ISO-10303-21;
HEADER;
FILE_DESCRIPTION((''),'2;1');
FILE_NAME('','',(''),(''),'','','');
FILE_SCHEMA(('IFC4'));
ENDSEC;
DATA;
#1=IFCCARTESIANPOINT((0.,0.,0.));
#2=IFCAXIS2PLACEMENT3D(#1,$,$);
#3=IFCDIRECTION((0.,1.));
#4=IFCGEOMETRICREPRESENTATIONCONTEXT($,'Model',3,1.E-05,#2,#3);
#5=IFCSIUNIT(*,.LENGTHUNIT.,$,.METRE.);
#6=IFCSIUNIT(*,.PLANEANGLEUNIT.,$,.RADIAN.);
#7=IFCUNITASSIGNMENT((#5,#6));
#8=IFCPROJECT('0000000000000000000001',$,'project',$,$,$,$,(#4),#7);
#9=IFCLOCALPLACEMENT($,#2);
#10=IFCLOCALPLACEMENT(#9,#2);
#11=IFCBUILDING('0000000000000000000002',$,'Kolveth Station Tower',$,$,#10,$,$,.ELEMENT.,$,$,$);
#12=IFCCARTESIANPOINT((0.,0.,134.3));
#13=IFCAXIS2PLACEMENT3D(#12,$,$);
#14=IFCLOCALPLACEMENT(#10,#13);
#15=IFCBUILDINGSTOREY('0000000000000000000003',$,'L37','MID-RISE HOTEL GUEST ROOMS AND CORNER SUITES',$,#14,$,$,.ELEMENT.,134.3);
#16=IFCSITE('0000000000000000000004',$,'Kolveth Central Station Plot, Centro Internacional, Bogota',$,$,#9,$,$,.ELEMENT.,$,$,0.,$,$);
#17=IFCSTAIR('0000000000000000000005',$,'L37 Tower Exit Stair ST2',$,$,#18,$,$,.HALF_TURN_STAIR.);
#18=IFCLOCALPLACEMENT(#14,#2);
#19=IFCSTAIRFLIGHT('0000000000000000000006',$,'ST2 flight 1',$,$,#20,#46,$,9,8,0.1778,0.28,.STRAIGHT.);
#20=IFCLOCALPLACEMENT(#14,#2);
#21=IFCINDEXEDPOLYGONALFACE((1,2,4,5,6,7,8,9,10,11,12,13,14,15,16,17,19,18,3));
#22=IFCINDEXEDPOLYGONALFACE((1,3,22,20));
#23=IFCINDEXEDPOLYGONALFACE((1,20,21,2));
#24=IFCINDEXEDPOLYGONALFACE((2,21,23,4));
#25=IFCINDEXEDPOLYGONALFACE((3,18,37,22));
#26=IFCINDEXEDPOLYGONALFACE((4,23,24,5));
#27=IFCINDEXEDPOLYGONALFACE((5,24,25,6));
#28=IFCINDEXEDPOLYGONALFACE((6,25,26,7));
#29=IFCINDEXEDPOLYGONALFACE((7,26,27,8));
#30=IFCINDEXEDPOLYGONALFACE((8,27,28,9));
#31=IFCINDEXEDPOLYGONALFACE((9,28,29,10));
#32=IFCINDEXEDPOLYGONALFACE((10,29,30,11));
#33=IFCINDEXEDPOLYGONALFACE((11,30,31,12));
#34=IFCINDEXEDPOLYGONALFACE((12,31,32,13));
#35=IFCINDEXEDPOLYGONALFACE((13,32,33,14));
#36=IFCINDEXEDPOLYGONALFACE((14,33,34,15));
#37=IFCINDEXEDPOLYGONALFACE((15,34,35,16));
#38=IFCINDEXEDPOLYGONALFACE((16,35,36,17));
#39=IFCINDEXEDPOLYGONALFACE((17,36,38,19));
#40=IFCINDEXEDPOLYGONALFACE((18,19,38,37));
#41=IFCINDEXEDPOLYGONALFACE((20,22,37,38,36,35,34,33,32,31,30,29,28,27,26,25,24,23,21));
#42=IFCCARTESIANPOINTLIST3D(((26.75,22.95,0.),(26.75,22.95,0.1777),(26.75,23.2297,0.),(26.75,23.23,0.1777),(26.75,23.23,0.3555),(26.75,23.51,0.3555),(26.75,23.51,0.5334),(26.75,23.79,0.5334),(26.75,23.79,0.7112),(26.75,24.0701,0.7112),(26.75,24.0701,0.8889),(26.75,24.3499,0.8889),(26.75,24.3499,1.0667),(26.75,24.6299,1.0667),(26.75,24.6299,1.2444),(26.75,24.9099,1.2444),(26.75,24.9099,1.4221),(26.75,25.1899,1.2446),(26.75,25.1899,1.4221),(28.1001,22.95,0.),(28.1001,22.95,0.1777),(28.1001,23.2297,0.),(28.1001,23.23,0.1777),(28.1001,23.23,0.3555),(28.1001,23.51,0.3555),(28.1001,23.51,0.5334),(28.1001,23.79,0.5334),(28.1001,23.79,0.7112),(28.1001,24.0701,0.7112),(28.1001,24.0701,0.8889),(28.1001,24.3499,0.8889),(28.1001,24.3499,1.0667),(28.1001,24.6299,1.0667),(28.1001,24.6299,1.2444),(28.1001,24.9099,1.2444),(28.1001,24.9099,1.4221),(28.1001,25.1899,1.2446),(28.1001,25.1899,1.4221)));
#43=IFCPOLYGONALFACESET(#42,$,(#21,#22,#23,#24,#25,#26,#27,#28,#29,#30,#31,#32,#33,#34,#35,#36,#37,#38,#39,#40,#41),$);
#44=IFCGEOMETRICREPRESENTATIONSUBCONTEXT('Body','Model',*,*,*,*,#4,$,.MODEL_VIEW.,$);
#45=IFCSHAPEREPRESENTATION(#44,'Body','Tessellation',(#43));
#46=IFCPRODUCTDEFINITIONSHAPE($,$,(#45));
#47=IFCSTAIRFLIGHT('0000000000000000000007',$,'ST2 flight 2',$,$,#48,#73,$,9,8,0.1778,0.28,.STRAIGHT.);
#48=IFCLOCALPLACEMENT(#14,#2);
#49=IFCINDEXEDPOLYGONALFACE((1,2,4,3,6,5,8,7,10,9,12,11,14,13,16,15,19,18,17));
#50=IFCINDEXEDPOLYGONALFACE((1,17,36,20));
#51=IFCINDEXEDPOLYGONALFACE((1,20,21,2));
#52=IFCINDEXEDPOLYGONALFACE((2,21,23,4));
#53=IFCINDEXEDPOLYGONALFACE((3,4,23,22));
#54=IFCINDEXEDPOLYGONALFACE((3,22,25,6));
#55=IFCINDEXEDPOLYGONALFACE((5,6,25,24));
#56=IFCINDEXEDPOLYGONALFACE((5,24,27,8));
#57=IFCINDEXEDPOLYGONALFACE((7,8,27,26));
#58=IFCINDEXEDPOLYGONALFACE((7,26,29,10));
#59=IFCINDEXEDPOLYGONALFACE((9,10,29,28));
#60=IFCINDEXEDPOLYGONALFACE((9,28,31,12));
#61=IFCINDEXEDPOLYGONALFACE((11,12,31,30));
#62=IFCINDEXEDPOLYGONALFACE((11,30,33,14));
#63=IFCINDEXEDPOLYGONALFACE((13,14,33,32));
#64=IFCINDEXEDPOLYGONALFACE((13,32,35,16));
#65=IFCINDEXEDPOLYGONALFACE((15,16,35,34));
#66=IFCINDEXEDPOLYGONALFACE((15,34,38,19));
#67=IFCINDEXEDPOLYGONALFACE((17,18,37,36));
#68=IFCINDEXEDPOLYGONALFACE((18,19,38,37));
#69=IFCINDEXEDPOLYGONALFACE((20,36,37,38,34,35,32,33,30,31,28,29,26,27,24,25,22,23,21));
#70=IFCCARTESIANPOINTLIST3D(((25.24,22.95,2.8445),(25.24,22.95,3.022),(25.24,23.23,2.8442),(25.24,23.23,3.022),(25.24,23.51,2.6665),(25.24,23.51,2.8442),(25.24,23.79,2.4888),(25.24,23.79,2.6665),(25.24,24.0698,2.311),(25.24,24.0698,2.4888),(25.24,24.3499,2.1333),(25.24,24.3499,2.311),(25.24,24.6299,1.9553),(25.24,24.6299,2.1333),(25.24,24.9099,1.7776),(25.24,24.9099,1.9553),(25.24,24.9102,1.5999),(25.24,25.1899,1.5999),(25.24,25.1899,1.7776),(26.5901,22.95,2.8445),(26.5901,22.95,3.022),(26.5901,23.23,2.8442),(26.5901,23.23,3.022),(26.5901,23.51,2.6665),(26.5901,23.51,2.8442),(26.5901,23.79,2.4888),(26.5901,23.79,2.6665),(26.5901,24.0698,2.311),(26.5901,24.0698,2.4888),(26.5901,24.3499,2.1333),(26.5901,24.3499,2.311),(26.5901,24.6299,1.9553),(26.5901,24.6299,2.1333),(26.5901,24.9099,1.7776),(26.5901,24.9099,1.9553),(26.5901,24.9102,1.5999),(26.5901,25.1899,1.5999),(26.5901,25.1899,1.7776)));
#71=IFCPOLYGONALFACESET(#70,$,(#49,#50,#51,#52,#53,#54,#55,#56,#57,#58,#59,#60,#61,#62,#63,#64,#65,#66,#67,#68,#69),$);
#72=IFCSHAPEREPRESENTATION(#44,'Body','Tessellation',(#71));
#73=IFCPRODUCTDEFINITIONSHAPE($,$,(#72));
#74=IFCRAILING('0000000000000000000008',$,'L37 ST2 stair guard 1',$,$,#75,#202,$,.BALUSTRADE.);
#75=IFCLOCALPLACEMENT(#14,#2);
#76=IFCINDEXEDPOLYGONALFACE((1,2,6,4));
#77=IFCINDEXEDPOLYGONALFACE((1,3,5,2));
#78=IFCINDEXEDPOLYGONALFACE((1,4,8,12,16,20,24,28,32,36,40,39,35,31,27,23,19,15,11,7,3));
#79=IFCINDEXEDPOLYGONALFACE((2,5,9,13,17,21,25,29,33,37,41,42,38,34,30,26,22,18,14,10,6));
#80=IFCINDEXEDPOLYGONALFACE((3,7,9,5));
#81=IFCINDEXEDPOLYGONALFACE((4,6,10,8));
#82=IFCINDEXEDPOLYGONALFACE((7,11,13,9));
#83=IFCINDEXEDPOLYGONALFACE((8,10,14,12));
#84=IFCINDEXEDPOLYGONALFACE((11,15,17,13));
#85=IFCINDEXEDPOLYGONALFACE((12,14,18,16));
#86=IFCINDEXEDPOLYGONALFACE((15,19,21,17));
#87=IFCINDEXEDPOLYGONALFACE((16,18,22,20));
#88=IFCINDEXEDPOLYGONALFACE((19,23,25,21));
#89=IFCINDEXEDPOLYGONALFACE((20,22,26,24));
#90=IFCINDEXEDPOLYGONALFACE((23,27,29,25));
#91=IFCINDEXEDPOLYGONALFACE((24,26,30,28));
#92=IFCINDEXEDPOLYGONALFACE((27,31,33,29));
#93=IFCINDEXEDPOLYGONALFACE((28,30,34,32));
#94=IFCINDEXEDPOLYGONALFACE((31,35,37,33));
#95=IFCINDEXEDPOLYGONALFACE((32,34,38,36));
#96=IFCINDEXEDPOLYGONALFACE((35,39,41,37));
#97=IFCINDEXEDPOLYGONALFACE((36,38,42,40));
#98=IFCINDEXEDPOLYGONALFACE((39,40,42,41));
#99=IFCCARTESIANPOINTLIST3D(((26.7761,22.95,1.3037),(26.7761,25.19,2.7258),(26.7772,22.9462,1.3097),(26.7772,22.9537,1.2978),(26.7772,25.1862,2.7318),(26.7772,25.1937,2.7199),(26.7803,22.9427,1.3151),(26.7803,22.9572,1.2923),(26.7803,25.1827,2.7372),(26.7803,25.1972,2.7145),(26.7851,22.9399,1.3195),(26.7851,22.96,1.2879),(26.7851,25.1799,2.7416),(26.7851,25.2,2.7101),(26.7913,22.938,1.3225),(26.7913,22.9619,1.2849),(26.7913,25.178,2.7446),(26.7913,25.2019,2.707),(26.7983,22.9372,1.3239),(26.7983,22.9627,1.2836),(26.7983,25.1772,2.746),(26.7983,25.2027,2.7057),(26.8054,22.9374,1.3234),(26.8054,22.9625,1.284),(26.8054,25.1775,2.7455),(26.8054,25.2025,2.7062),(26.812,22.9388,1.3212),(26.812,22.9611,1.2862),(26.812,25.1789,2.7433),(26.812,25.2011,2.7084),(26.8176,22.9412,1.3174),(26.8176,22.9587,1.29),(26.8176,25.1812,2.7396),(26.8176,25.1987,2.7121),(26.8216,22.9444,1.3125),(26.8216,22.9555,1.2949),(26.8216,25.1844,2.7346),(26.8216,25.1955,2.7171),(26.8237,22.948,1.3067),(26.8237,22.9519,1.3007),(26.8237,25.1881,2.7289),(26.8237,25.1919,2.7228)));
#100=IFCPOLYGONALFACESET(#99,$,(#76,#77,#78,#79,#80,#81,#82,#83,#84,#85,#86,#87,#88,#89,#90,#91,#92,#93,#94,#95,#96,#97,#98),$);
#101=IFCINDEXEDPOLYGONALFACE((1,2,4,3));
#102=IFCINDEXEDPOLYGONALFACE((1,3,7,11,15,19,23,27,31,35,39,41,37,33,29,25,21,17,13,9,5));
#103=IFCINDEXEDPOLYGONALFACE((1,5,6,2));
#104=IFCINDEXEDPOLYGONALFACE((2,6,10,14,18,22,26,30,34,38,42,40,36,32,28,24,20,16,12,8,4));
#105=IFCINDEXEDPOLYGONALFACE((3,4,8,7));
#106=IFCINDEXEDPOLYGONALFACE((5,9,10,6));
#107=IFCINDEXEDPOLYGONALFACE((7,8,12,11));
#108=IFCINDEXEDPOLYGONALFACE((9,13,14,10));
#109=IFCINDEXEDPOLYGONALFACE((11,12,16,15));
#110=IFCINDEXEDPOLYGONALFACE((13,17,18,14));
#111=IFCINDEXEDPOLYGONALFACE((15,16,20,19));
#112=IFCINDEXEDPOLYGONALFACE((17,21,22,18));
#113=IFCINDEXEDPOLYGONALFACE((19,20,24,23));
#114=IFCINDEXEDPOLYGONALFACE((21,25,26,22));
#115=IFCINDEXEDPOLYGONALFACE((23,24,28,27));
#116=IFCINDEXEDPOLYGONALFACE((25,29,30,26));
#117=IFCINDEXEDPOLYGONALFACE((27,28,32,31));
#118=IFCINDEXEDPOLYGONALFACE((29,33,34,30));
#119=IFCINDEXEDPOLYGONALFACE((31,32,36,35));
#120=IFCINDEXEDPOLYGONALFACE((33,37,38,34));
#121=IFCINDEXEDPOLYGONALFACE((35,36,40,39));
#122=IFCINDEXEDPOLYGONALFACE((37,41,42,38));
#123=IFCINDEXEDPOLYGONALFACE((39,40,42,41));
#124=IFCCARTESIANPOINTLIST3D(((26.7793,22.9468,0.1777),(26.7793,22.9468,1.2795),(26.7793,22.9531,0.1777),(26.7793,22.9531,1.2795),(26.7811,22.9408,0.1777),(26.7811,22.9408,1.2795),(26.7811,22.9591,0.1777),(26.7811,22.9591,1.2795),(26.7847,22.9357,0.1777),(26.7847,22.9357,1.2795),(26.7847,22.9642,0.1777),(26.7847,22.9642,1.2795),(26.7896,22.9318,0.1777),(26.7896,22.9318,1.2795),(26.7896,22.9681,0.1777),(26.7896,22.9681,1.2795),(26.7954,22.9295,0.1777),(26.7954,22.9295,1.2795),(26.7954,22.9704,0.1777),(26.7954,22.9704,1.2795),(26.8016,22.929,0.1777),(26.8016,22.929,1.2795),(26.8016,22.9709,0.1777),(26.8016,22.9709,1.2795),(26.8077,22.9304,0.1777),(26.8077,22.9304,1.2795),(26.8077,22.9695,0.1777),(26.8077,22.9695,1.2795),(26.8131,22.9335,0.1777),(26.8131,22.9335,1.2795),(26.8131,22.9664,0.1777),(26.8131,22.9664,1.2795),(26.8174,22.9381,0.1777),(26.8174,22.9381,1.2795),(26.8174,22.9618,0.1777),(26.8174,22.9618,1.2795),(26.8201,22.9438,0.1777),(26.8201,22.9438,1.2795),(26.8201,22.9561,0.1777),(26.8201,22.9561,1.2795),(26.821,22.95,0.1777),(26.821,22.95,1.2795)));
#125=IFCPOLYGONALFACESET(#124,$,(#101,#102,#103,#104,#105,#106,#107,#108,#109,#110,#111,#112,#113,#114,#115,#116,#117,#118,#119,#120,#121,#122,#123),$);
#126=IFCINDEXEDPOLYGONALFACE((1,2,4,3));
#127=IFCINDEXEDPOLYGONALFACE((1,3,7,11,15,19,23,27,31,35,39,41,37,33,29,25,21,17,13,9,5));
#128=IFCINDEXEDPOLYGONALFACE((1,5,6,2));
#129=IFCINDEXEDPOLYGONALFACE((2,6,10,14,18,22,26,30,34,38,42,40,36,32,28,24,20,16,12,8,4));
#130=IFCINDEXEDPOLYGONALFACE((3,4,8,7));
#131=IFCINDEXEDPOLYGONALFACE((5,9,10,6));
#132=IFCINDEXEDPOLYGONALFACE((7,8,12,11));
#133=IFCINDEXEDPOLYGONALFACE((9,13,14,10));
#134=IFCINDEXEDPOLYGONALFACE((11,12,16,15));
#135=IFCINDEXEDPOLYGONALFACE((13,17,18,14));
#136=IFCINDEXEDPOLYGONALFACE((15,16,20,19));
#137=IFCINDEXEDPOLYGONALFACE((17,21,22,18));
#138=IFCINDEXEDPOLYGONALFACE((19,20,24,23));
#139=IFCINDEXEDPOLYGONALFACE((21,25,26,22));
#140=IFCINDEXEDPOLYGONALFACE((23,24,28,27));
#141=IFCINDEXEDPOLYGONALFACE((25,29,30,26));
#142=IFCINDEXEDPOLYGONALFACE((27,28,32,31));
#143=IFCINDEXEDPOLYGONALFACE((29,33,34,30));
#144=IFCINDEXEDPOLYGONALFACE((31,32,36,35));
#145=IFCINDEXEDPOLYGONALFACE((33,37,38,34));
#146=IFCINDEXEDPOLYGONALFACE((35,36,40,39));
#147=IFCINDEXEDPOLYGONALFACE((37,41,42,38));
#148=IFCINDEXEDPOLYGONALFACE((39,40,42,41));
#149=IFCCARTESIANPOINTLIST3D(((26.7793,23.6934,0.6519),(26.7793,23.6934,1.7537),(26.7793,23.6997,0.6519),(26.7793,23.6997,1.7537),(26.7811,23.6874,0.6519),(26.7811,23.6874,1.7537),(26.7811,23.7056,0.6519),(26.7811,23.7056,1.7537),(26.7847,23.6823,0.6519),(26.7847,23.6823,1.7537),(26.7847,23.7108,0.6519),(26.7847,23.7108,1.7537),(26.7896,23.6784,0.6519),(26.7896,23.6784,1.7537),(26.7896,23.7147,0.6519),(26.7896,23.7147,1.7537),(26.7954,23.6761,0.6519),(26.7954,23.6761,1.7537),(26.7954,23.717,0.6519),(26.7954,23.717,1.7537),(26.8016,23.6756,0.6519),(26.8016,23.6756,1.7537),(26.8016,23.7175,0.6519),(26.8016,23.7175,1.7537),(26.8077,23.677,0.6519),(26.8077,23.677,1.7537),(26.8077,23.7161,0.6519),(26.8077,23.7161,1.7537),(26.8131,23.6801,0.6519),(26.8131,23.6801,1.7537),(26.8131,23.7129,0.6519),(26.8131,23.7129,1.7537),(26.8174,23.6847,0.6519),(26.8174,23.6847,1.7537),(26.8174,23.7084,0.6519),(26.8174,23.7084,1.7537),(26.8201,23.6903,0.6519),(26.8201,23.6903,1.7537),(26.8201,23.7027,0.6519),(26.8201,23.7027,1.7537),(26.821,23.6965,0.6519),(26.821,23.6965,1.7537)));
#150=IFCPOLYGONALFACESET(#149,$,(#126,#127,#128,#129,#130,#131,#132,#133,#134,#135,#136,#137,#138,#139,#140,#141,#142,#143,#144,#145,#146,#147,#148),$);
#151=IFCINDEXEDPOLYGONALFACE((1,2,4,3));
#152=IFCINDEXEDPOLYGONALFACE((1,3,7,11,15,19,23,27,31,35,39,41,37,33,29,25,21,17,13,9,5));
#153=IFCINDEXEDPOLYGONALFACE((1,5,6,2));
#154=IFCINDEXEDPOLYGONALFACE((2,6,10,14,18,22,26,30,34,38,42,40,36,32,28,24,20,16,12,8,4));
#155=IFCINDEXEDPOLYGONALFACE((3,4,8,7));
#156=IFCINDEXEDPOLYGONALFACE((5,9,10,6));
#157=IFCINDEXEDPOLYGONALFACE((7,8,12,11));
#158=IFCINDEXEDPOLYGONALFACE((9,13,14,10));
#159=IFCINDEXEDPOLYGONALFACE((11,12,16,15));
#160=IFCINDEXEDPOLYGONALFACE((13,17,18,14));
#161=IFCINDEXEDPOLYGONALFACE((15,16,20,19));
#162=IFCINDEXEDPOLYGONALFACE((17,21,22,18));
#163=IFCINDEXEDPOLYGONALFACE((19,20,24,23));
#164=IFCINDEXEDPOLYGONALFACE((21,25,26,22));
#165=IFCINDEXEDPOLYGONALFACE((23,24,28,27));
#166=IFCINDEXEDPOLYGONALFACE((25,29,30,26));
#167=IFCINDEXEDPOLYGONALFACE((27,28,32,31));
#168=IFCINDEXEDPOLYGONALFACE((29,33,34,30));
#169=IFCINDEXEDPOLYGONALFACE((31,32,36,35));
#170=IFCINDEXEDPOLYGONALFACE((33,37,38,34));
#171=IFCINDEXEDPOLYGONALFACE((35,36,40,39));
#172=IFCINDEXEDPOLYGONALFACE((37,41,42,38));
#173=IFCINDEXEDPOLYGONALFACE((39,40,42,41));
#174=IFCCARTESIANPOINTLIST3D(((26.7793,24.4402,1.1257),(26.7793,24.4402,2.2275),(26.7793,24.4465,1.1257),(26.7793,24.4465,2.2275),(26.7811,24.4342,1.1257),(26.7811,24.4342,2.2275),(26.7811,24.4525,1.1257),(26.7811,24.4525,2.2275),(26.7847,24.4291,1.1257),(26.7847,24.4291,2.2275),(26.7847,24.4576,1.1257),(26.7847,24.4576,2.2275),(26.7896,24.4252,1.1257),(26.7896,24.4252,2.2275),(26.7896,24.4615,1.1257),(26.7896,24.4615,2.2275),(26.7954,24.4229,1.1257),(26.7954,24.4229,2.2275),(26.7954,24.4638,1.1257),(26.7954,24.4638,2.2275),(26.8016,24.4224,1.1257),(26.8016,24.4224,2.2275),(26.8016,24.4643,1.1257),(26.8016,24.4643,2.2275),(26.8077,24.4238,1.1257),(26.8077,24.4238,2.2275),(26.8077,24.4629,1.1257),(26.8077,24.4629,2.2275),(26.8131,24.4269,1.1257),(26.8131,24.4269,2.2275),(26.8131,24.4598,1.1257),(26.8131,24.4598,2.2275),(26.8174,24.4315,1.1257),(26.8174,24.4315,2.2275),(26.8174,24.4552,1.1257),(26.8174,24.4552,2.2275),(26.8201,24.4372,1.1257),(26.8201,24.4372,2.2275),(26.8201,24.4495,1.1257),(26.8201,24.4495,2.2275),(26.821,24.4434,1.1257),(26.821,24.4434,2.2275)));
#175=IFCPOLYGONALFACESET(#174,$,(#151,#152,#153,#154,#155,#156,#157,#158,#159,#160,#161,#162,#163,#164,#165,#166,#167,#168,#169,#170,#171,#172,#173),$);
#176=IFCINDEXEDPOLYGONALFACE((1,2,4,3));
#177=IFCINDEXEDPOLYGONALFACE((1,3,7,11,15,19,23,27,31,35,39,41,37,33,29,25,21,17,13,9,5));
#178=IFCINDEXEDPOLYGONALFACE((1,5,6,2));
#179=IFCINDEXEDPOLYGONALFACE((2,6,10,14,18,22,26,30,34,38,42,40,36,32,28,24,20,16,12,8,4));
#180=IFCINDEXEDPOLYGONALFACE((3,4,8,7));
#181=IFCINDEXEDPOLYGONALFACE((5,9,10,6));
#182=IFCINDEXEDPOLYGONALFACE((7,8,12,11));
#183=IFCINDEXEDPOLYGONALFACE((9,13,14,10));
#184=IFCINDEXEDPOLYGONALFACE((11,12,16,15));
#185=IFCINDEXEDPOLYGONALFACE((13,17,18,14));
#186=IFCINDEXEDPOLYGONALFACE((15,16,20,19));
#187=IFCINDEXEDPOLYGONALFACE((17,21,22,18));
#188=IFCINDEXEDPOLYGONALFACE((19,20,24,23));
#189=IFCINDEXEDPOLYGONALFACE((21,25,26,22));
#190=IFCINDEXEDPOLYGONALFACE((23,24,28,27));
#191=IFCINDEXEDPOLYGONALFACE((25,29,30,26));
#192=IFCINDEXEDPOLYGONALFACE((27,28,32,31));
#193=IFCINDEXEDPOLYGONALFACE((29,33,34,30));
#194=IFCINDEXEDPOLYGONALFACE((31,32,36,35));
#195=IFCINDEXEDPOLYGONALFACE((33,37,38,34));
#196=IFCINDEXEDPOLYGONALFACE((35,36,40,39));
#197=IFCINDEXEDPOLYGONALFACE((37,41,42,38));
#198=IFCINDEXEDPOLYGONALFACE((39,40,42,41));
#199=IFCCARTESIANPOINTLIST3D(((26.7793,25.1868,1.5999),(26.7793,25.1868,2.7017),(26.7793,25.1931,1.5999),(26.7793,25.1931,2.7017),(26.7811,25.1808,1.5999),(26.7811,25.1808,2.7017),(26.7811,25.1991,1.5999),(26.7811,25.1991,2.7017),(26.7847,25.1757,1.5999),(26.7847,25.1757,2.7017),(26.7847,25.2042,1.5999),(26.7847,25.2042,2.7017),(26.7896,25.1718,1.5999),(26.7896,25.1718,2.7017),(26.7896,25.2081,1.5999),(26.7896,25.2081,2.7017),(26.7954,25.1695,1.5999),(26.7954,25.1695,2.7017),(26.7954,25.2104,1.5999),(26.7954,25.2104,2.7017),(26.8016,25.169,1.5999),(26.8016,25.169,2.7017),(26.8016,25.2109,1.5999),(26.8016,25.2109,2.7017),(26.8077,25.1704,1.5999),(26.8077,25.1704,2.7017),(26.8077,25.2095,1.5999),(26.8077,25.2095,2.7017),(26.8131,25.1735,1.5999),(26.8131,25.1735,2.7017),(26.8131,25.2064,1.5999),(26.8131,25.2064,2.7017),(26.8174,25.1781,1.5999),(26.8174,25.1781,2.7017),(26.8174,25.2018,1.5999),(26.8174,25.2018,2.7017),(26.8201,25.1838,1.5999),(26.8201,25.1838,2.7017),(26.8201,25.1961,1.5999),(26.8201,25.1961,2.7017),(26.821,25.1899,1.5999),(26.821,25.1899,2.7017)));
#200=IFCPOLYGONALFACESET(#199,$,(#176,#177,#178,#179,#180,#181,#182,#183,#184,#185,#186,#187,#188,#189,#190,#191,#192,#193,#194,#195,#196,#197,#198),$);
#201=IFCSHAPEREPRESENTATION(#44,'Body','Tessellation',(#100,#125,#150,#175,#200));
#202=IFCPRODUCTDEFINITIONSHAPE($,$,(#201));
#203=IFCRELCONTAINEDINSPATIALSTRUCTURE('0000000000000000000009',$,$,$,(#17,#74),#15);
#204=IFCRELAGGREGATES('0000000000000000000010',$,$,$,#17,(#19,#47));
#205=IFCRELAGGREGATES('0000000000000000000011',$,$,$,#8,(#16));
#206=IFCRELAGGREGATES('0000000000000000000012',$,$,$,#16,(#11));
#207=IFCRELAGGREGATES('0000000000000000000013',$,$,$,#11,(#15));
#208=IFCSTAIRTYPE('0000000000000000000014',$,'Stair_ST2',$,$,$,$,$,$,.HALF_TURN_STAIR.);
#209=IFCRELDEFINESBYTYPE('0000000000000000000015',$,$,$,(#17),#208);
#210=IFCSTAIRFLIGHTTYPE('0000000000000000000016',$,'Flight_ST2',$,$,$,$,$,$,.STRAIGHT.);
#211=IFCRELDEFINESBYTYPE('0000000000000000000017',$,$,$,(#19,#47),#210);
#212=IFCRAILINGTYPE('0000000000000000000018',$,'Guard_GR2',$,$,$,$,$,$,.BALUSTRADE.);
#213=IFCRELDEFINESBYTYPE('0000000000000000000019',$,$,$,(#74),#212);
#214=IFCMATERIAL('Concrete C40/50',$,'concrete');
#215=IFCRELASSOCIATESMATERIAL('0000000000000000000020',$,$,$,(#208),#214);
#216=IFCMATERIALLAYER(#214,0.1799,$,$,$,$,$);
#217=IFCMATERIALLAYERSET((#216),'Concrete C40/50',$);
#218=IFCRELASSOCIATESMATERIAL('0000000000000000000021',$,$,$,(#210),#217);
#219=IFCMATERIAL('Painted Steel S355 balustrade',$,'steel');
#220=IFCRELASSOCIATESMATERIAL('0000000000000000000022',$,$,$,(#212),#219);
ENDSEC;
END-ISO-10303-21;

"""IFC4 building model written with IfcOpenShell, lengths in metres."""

from ifc_helpers import new_model, si_unit, direction, frame, origin, origin_2d, place, context, subcontext, project, spatial, polyline, circle, outline, extrude, material, layer, layer_set, type_object, element, aggregate, save


model = new_model("IFC4")

# Units and contexts
model_context = context("Model", 3, precision=1e-05, world=origin(), true_north=direction((0.0, 1.0)))
body_context = subcontext(model_context, "Body", "Model", "MODEL_VIEW")
ifc_project = project(units=[si_unit("LENGTHUNIT", "METRE"), si_unit("PLANEANGLEUNIT", "RADIAN")], contexts=[model_context])

# Site, building, storey
site_placement = place(None, origin())
site = spatial("IfcSite", under=ifc_project, at=site_placement, Name="Kolveth Central Station Plot, Centro Internacional, Bogota", CompositionType="ELEMENT", RefElevation=0.0)
building_placement = place(site_placement, origin())
building = spatial("IfcBuilding", under=site, at=building_placement, Name="Kolveth Station Tower", CompositionType="ELEMENT")
storey_placement = place(building_placement, frame((0.0, 0.0, 134.3)))
storey = spatial("IfcBuildingStorey", under=building, at=storey_placement, Name="L37", Description="MID-RISE HOTEL GUEST ROOMS AND CORNER SUITES", CompositionType="ELEMENT", Elevation=134.3)

# Shared definitions
ifc_material_1 = material(Name="Concrete C40/50", Category="concrete")

# Stair, stair flights
stair_type = type_object("IfcStairType", Name="Stair_ST2", PredefinedType="HALF_TURN_STAIR", material=ifc_material_1)
stair_placement = place(storey_placement, origin())
stair = element("IfcStair", 1, at=stair_placement, inside=storey, type_object=stair_type, Name="L37 Tower Exit Stair ST2", PredefinedType="HALF_TURN_STAIR")
ifc_layer_1 = layer(ifc_material_1, 0.1799)
ifc_layer_set_1 = layer_set([ifc_layer_1], Name="Concrete C40/50")
stair_flight_type = type_object("IfcStairFlightType", Name="Flight_ST2", PredefinedType="STRAIGHT", material=ifc_layer_set_1)
stair_flight_1_placement = place(storey_placement, frame((27.425, 22.95, 0.0), z_axis=(0.0, 0.0, 1.0), x_axis=(0.0, 1.0, 0.0)))
stair_flight_1 = element("IfcStairFlight", 2, at=stair_flight_1_placement, type_object=stair_flight_type, Name="ST2 flight 1", NumberOfRisers=9, NumberOfTreads=8, PredefinedType="STRAIGHT", RiserHeight=0.1778, TreadLength=0.28, context=body_context, shape_type="SweptSolid", body=[
    extrude(outline(polyline([(0.0, 0.0), (0.0, 0.1777), (0.28, 0.1777), (0.28, 0.3555), (0.5601, 0.3555), (0.5601, 0.5334), (0.8401, 0.5334), (0.8401, 0.7112), (1.1201, 0.7112), (1.1201, 0.8889), (1.3999, 0.8889), (1.3999, 1.0667), (1.6799, 1.0667), (1.6799, 1.2444), (1.96, 1.2444), (1.96, 1.4221), (2.24, 1.4221), (2.24, 1.6001), (2.24, 1.2446), (0.2798, 0.0), (0.0, 0.0)])), frame((0.0, 0.675, 0.0), z_axis=(0.0, -1.0, 0.0), x_axis=(1.0, 0.0, 0.0)), (0.0, 0.0, 1.0), 1.3501),
])
stair_flight_2_placement = place(storey_placement, frame((25.915, 25.1899, 1.5999), z_axis=(0.0, 0.0, 1.0), x_axis=(0.0, -1.0, 0.0)))
stair_flight_2 = element("IfcStairFlight", 3, at=stair_flight_2_placement, type_object=stair_flight_type, Name="ST2 flight 2", NumberOfRisers=9, NumberOfTreads=8, PredefinedType="STRAIGHT", RiserHeight=0.1778, TreadLength=0.28, context=body_context, shape_type="SweptSolid", body=[
    extrude(outline(polyline([(0.0, 0.0), (0.0, 0.1777), (0.28, 0.1777), (0.28, 0.3555), (0.5601, 0.3555), (0.5601, 0.5334), (0.8401, 0.5334), (0.8401, 0.7112), (1.1201, 0.7112), (1.1201, 0.8889), (1.3999, 0.8889), (1.3999, 1.0667), (1.6799, 1.0667), (1.6799, 1.2444), (1.96, 1.2444), (1.96, 1.4221), (2.24, 1.4221), (2.24, 1.6001), (2.24, 1.2446), (0.2798, 0.0), (0.0, 0.0)])), frame((0.0, 0.675, 0.0), z_axis=(0.0, -1.0, 0.0), x_axis=(1.0, 0.0, 0.0)), (0.0, 0.0, 1.0), 1.3501),
])
aggregate(stair, [stair_flight_1, stair_flight_2])

# Railing
ifc_material_2 = material(Name="Painted Steel S355 balustrade", Category="steel")
railing_type_1 = type_object("IfcRailingType", Name="Guard_GR2", PredefinedType="BALUSTRADE", material=ifc_material_2)
railing_1_placement = place(storey_placement, frame((26.8, 22.95, 0.1777)))
element("IfcRailing", 4, at=railing_1_placement, inside=storey, type_object=railing_type_1, Name="L37 ST2 stair guard 1", PredefinedType="BALUSTRADE", context=body_context, shape_type="SweptSolid", body=[
    extrude(circle(Radius=0.0239, at=origin_2d()), frame((0.0, 0.0, 1.126), z_axis=(0.0, 0.844229, 0.535982), x_axis=(-1.0, 0.0, 0.0)), (0.0, 0.0, 1.0), 2.6533),
    extrude(circle(Radius=0.021, at=origin_2d()), origin(), (0.0, 0.0, 1.0), 1.1018),
    extrude(circle(Radius=0.021, at=origin_2d()), frame((0.0, 0.7466, 0.4741)), (0.0, 0.0, 1.0), 1.1018),
    extrude(circle(Radius=0.021, at=origin_2d()), frame((0.0, 1.4934, 0.948)), (0.0, 0.0, 1.0), 1.1018),
    extrude(circle(Radius=0.021, at=origin_2d()), frame((0.0, 2.24, 1.4221)), (0.0, 0.0, 1.0), 1.1018),
])

save(model, "model.ifc")
